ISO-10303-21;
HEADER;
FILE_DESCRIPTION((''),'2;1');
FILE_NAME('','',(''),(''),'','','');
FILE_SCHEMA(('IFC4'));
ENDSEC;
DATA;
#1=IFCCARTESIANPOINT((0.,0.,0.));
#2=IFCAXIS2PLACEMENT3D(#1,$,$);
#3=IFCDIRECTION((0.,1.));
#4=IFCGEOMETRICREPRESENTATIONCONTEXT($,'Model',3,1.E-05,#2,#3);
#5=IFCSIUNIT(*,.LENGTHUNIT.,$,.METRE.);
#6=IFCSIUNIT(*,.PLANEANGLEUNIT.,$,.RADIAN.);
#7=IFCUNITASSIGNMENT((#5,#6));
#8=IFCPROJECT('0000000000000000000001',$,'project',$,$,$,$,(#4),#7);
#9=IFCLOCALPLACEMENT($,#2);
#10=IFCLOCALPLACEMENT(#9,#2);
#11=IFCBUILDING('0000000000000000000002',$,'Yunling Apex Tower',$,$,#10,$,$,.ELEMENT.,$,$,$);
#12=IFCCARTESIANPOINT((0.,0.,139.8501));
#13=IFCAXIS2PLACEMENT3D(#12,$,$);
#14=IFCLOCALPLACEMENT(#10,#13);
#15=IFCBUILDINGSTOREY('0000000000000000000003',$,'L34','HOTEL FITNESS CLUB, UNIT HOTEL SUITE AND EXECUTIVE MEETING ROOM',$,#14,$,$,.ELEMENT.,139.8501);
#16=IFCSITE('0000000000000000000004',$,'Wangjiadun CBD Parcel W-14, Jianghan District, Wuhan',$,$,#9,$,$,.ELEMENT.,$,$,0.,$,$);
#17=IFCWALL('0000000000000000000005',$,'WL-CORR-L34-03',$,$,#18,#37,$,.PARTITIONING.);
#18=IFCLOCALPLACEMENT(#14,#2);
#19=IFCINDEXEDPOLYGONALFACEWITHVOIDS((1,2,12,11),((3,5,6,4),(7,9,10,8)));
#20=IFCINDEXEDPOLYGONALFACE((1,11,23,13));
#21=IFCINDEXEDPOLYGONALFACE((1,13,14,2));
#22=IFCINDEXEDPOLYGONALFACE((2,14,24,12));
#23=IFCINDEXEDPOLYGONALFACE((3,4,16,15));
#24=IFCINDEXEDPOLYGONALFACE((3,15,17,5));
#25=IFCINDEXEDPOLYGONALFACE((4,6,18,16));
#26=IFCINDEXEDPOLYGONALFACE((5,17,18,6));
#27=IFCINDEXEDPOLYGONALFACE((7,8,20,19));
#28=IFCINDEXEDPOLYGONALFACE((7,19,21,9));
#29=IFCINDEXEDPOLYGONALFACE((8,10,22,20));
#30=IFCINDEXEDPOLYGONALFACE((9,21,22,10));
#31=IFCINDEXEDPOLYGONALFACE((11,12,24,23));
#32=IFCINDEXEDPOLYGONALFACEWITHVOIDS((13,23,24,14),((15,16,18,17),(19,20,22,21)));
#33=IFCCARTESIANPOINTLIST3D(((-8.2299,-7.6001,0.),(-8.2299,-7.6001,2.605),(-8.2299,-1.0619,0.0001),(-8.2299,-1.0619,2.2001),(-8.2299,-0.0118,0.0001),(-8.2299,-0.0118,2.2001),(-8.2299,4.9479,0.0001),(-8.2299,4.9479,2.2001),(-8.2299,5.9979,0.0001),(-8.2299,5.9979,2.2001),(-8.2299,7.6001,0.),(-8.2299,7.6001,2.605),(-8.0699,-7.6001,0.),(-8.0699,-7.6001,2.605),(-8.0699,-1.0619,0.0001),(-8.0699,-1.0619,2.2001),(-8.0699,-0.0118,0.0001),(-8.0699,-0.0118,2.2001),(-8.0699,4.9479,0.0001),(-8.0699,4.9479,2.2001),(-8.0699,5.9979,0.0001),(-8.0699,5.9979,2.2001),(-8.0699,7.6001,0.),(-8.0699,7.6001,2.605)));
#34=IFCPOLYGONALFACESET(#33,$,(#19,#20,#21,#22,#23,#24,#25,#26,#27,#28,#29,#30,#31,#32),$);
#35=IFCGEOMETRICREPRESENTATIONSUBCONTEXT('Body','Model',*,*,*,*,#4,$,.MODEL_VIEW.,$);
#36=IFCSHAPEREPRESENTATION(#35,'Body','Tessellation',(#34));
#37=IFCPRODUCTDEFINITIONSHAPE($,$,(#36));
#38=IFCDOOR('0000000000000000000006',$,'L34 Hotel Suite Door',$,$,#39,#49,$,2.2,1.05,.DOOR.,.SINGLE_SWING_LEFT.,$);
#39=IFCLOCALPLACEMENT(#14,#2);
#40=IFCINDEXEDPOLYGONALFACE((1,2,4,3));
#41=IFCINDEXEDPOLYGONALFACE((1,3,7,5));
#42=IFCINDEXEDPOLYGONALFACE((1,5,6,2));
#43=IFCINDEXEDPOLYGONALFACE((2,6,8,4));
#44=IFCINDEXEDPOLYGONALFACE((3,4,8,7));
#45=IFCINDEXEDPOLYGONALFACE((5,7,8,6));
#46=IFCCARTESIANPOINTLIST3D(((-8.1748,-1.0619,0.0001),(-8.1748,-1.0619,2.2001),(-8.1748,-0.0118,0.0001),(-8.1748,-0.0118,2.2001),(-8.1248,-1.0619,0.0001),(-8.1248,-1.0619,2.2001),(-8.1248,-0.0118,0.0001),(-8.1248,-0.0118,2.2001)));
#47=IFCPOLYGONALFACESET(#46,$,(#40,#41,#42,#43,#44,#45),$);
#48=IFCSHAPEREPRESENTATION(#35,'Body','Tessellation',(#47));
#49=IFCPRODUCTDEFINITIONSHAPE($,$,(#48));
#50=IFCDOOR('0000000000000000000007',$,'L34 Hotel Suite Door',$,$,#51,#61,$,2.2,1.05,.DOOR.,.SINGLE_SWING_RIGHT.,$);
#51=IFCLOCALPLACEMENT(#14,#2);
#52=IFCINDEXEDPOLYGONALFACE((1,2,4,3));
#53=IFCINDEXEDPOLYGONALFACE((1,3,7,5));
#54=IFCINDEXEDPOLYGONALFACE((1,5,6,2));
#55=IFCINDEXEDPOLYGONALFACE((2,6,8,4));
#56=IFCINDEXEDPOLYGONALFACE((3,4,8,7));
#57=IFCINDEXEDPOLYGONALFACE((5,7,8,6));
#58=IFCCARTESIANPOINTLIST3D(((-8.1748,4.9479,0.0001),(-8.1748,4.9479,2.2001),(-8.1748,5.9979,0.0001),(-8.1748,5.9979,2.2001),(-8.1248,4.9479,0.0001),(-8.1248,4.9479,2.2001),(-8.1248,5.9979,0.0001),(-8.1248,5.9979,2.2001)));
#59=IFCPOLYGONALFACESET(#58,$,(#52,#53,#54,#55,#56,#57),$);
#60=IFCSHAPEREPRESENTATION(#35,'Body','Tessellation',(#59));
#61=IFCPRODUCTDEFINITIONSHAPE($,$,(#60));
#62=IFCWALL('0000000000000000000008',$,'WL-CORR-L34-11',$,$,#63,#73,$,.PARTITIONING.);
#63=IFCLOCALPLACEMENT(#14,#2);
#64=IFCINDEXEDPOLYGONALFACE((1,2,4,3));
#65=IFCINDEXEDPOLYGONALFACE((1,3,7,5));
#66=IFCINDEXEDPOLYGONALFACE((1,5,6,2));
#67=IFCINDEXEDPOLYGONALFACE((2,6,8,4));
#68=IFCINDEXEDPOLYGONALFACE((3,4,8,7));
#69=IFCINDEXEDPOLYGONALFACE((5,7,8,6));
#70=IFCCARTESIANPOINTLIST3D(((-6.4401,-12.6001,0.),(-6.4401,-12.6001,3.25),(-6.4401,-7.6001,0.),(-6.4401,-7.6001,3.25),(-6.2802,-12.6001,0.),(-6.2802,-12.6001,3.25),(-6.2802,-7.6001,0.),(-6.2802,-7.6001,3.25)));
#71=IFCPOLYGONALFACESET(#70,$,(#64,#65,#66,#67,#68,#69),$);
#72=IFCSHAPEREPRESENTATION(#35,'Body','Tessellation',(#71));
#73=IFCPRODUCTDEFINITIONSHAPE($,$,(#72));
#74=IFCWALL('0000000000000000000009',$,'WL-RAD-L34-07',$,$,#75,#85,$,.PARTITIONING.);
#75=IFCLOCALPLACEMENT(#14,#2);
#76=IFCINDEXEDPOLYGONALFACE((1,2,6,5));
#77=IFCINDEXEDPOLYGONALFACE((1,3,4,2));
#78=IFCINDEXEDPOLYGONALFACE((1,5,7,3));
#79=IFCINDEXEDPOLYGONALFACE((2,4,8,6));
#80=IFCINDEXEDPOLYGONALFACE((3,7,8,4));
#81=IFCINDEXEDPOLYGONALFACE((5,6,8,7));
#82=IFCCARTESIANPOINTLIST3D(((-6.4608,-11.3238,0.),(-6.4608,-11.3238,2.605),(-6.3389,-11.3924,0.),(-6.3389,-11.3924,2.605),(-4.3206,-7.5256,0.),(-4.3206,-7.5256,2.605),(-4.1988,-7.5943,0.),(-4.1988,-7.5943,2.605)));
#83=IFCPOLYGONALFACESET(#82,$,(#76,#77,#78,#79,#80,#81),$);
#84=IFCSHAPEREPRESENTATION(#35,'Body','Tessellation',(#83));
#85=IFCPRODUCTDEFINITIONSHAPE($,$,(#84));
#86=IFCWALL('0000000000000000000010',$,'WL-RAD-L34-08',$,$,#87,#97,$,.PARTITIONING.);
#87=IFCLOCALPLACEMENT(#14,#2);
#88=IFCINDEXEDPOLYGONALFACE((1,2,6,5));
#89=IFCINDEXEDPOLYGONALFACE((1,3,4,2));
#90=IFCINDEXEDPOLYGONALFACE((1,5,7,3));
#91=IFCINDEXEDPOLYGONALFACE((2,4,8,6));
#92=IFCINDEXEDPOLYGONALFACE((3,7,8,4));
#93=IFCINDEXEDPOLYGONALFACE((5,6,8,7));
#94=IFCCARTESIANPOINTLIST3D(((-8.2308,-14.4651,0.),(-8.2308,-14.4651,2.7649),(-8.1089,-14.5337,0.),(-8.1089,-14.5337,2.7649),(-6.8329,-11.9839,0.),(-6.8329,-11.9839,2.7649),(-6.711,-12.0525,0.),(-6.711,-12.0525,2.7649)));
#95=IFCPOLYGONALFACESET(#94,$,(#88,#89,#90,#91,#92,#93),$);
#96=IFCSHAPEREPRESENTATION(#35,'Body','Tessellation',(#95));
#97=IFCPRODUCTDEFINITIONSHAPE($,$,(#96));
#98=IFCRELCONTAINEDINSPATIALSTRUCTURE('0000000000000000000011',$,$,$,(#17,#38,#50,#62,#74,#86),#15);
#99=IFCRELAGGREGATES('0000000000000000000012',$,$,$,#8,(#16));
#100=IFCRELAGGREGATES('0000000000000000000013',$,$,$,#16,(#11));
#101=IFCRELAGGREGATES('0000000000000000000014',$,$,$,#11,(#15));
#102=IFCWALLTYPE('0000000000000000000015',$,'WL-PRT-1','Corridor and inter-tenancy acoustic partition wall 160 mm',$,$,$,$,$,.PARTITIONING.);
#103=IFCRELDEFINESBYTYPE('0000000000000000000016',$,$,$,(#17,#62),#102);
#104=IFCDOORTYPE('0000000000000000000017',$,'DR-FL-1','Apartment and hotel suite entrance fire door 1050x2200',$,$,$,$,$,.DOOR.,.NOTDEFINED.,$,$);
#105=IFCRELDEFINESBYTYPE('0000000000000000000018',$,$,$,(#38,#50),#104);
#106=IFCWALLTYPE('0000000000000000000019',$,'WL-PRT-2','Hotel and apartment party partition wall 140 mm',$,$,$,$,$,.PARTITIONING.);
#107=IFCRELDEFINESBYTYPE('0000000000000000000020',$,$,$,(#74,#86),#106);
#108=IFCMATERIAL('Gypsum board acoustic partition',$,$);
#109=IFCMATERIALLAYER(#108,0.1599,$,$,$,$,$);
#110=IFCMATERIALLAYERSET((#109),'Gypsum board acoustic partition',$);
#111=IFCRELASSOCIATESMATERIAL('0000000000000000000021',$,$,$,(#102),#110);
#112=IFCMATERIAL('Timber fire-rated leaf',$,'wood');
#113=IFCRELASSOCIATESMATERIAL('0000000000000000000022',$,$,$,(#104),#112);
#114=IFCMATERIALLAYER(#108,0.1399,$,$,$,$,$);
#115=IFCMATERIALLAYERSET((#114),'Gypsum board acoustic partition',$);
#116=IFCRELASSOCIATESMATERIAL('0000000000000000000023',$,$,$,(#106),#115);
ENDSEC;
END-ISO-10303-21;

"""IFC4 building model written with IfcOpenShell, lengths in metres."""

from ifc_helpers import new_model, si_unit, direction, frame, frame_2d, origin, place, context, subcontext, project, spatial, rectangle, extrude, material, layer, layer_set, type_object, element, fill, save


model = new_model("IFC4")

# Units and contexts
model_context = context("Model", 3, precision=1e-05, world=origin(), true_north=direction((0.0, 1.0)))
body_context = subcontext(model_context, "Body", "Model", "MODEL_VIEW")
ifc_project = project(units=[si_unit("LENGTHUNIT", "METRE"), si_unit("PLANEANGLEUNIT", "RADIAN")], contexts=[model_context])

# Site, building, storey
site_placement = place(None, origin())
site = spatial("IfcSite", under=ifc_project, at=site_placement, Name="Wangjiadun CBD Parcel W-14, Jianghan District, Wuhan", CompositionType="ELEMENT", RefElevation=0.0)
building_placement = place(site_placement, origin())
building = spatial("IfcBuilding", under=site, at=building_placement, Name="Yunling Apex Tower", CompositionType="ELEMENT")
storey_placement = place(building_placement, frame((0.0, 0.0, 139.8501)))
storey = spatial("IfcBuildingStorey", under=building, at=storey_placement, Name="L34", Description="HOTEL FITNESS CLUB, UNIT HOTEL SUITE AND EXECUTIVE MEETING ROOM", CompositionType="ELEMENT", Elevation=139.8501)

# Shared definitions
ifc_material_1 = material(Name="Gypsum board acoustic partition")
ifc_layer_1 = layer(ifc_material_1, 0.1599)
ifc_layer_set_1 = layer_set([ifc_layer_1], Name="Gypsum board acoustic partition")
wall_type_1 = type_object("IfcWallType", Name="WL-PRT-1", Description="Corridor and inter-tenancy acoustic partition wall 160 mm", PredefinedType="PARTITIONING", material=ifc_layer_set_1)

# Wall, openings, doors
wall_1_placement = place(storey_placement, frame((-8.1499, -7.6001, 0.0), z_axis=(0.0, 0.0, 1.0), x_axis=(0.0, 1.0, 0.0)))
wall_1 = element("IfcWall", 1, at=wall_1_placement, inside=storey, type_object=wall_type_1, Name="WL-CORR-L34-03", PredefinedType="PARTITIONING", context=body_context, shape_type="SweptSolid", body=[
    extrude(rectangle(XDim=15.2002, YDim=0.1599, at=frame_2d((7.6001, 0.0))), origin(), (0.0, 0.0, 1.0), 2.605),
])
opening_1_placement = place(wall_1_placement, frame((6.5383, 0.0, 0.0)))
opening_1 = element("IfcOpeningElement", 2, at=opening_1_placement, cuts=wall_1, PredefinedType="OPENING", context=body_context, shape_type="SweptSolid", body=[
    extrude(rectangle(XDim=1.05, YDim=2.2, at=frame_2d((0.5249, 1.1001))), frame((0.0, 0.0898, 0.0), z_axis=(0.0, -1.0, 0.0), x_axis=(1.0, 0.0, 0.0)), (0.0, 0.0, 1.0), 0.1799),
])
opening_2_placement = place(wall_1_placement, frame((12.5481, 0.0, 0.0)))
opening_2 = element("IfcOpeningElement", 3, at=opening_2_placement, cuts=wall_1, PredefinedType="OPENING", context=body_context, shape_type="SweptSolid", body=[
    extrude(rectangle(XDim=1.05, YDim=2.2, at=frame_2d((0.5249, 1.1001))), frame((0.0, 0.0898, 0.0), z_axis=(0.0, -1.0, 0.0), x_axis=(1.0, 0.0, 0.0)), (0.0, 0.0, 1.0), 0.1799),
])
ifc_material_2 = material(Name="Timber fire-rated leaf", Category="wood")
door_type = type_object("IfcDoorType", Name="DR-FL-1", Description="Apartment and hotel suite entrance fire door 1050x2200", OperationType="NOTDEFINED", PredefinedType="DOOR", material=ifc_material_2)
door_1_placement = place(opening_1_placement, origin())
door_1 = element("IfcDoor", 4, at=door_1_placement, inside=storey, type_object=door_type, Name="L34 Hotel Suite Door", OperationType="SINGLE_SWING_LEFT", OverallHeight=2.2, OverallWidth=1.05, PredefinedType="DOOR", context=body_context, shape_type="SweptSolid", body=[
    extrude(rectangle(XDim=1.05, YDim=2.2, at=frame_2d((0.5249, 1.1001))), frame((0.0, 0.0249, 0.0), z_axis=(0.0, -1.0, 0.0), x_axis=(1.0, 0.0, 0.0)), (0.0, 0.0, 1.0), 0.05),
])
fill(opening_1, door_1)
door_2_placement = place(opening_2_placement, origin())
door_2 = element("IfcDoor", 5, at=door_2_placement, inside=storey, type_object=door_type, Name="L34 Hotel Suite Door", OperationType="SINGLE_SWING_RIGHT", OverallHeight=2.2, OverallWidth=1.05, PredefinedType="DOOR", context=body_context, shape_type="SweptSolid", body=[
    extrude(rectangle(XDim=1.05, YDim=2.2, at=frame_2d((0.5249, 1.1001))), frame((0.0, 0.0249, 0.0), z_axis=(0.0, -1.0, 0.0), x_axis=(1.0, 0.0, 0.0)), (0.0, 0.0, 1.0), 0.05),
])
fill(opening_2, door_2)

# Walls
wall_2_placement = place(storey_placement, frame((-6.3601, -7.6001, 0.0), z_axis=(0.0, 0.0, 1.0), x_axis=(0.0, -1.0, 0.0)))
element("IfcWall", 6, at=wall_2_placement, inside=storey, type_object=wall_type_1, Name="WL-CORR-L34-11", PredefinedType="PARTITIONING", context=body_context, shape_type="SweptSolid", body=[
    extrude(rectangle(XDim=5.0, YDim=0.1599, at=frame_2d((2.5, 0.0))), origin(), (0.0, 0.0, 1.0), 3.25),
])
ifc_layer_2 = layer(ifc_material_1, 0.1399)
ifc_layer_set_2 = layer_set([ifc_layer_2], Name="Gypsum board acoustic partition")
wall_type_2 = type_object("IfcWallType", Name="WL-PRT-2", Description="Hotel and apartment party partition wall 140 mm", PredefinedType="PARTITIONING", material=ifc_layer_set_2)
wall_3_placement = place(storey_placement, frame((-4.2598, -7.5601, 0.0), z_axis=(0.0, 0.0, 1.0), x_axis=(-0.490907, -0.871212, 0.0)))
element("IfcWall", 7, at=wall_3_placement, inside=storey, type_object=wall_type_2, Name="WL-RAD-L34-07", PredefinedType="PARTITIONING", context=body_context, shape_type="SweptSolid", body=[
    extrude(rectangle(XDim=4.3596, YDim=0.1399, at=frame_2d((2.1797, 0.0))), origin(), (0.0, 0.0, 1.0), 2.605),
])
wall_4_placement = place(storey_placement, frame((-6.772, -12.0183, 0.0), z_axis=(0.0, 0.0, 1.0), x_axis=(-0.490868, -0.871234, 0.0)))
element("IfcWall", 8, at=wall_4_placement, inside=storey, type_object=wall_type_2, Name="WL-RAD-L34-08", PredefinedType="PARTITIONING", context=body_context, shape_type="SweptSolid", body=[
    extrude(rectangle(XDim=2.8479, YDim=0.1399, at=frame_2d((1.4238, 0.0))), origin(), (0.0, 0.0, 1.0), 2.7649),
])

save(model, "model.ifc")
